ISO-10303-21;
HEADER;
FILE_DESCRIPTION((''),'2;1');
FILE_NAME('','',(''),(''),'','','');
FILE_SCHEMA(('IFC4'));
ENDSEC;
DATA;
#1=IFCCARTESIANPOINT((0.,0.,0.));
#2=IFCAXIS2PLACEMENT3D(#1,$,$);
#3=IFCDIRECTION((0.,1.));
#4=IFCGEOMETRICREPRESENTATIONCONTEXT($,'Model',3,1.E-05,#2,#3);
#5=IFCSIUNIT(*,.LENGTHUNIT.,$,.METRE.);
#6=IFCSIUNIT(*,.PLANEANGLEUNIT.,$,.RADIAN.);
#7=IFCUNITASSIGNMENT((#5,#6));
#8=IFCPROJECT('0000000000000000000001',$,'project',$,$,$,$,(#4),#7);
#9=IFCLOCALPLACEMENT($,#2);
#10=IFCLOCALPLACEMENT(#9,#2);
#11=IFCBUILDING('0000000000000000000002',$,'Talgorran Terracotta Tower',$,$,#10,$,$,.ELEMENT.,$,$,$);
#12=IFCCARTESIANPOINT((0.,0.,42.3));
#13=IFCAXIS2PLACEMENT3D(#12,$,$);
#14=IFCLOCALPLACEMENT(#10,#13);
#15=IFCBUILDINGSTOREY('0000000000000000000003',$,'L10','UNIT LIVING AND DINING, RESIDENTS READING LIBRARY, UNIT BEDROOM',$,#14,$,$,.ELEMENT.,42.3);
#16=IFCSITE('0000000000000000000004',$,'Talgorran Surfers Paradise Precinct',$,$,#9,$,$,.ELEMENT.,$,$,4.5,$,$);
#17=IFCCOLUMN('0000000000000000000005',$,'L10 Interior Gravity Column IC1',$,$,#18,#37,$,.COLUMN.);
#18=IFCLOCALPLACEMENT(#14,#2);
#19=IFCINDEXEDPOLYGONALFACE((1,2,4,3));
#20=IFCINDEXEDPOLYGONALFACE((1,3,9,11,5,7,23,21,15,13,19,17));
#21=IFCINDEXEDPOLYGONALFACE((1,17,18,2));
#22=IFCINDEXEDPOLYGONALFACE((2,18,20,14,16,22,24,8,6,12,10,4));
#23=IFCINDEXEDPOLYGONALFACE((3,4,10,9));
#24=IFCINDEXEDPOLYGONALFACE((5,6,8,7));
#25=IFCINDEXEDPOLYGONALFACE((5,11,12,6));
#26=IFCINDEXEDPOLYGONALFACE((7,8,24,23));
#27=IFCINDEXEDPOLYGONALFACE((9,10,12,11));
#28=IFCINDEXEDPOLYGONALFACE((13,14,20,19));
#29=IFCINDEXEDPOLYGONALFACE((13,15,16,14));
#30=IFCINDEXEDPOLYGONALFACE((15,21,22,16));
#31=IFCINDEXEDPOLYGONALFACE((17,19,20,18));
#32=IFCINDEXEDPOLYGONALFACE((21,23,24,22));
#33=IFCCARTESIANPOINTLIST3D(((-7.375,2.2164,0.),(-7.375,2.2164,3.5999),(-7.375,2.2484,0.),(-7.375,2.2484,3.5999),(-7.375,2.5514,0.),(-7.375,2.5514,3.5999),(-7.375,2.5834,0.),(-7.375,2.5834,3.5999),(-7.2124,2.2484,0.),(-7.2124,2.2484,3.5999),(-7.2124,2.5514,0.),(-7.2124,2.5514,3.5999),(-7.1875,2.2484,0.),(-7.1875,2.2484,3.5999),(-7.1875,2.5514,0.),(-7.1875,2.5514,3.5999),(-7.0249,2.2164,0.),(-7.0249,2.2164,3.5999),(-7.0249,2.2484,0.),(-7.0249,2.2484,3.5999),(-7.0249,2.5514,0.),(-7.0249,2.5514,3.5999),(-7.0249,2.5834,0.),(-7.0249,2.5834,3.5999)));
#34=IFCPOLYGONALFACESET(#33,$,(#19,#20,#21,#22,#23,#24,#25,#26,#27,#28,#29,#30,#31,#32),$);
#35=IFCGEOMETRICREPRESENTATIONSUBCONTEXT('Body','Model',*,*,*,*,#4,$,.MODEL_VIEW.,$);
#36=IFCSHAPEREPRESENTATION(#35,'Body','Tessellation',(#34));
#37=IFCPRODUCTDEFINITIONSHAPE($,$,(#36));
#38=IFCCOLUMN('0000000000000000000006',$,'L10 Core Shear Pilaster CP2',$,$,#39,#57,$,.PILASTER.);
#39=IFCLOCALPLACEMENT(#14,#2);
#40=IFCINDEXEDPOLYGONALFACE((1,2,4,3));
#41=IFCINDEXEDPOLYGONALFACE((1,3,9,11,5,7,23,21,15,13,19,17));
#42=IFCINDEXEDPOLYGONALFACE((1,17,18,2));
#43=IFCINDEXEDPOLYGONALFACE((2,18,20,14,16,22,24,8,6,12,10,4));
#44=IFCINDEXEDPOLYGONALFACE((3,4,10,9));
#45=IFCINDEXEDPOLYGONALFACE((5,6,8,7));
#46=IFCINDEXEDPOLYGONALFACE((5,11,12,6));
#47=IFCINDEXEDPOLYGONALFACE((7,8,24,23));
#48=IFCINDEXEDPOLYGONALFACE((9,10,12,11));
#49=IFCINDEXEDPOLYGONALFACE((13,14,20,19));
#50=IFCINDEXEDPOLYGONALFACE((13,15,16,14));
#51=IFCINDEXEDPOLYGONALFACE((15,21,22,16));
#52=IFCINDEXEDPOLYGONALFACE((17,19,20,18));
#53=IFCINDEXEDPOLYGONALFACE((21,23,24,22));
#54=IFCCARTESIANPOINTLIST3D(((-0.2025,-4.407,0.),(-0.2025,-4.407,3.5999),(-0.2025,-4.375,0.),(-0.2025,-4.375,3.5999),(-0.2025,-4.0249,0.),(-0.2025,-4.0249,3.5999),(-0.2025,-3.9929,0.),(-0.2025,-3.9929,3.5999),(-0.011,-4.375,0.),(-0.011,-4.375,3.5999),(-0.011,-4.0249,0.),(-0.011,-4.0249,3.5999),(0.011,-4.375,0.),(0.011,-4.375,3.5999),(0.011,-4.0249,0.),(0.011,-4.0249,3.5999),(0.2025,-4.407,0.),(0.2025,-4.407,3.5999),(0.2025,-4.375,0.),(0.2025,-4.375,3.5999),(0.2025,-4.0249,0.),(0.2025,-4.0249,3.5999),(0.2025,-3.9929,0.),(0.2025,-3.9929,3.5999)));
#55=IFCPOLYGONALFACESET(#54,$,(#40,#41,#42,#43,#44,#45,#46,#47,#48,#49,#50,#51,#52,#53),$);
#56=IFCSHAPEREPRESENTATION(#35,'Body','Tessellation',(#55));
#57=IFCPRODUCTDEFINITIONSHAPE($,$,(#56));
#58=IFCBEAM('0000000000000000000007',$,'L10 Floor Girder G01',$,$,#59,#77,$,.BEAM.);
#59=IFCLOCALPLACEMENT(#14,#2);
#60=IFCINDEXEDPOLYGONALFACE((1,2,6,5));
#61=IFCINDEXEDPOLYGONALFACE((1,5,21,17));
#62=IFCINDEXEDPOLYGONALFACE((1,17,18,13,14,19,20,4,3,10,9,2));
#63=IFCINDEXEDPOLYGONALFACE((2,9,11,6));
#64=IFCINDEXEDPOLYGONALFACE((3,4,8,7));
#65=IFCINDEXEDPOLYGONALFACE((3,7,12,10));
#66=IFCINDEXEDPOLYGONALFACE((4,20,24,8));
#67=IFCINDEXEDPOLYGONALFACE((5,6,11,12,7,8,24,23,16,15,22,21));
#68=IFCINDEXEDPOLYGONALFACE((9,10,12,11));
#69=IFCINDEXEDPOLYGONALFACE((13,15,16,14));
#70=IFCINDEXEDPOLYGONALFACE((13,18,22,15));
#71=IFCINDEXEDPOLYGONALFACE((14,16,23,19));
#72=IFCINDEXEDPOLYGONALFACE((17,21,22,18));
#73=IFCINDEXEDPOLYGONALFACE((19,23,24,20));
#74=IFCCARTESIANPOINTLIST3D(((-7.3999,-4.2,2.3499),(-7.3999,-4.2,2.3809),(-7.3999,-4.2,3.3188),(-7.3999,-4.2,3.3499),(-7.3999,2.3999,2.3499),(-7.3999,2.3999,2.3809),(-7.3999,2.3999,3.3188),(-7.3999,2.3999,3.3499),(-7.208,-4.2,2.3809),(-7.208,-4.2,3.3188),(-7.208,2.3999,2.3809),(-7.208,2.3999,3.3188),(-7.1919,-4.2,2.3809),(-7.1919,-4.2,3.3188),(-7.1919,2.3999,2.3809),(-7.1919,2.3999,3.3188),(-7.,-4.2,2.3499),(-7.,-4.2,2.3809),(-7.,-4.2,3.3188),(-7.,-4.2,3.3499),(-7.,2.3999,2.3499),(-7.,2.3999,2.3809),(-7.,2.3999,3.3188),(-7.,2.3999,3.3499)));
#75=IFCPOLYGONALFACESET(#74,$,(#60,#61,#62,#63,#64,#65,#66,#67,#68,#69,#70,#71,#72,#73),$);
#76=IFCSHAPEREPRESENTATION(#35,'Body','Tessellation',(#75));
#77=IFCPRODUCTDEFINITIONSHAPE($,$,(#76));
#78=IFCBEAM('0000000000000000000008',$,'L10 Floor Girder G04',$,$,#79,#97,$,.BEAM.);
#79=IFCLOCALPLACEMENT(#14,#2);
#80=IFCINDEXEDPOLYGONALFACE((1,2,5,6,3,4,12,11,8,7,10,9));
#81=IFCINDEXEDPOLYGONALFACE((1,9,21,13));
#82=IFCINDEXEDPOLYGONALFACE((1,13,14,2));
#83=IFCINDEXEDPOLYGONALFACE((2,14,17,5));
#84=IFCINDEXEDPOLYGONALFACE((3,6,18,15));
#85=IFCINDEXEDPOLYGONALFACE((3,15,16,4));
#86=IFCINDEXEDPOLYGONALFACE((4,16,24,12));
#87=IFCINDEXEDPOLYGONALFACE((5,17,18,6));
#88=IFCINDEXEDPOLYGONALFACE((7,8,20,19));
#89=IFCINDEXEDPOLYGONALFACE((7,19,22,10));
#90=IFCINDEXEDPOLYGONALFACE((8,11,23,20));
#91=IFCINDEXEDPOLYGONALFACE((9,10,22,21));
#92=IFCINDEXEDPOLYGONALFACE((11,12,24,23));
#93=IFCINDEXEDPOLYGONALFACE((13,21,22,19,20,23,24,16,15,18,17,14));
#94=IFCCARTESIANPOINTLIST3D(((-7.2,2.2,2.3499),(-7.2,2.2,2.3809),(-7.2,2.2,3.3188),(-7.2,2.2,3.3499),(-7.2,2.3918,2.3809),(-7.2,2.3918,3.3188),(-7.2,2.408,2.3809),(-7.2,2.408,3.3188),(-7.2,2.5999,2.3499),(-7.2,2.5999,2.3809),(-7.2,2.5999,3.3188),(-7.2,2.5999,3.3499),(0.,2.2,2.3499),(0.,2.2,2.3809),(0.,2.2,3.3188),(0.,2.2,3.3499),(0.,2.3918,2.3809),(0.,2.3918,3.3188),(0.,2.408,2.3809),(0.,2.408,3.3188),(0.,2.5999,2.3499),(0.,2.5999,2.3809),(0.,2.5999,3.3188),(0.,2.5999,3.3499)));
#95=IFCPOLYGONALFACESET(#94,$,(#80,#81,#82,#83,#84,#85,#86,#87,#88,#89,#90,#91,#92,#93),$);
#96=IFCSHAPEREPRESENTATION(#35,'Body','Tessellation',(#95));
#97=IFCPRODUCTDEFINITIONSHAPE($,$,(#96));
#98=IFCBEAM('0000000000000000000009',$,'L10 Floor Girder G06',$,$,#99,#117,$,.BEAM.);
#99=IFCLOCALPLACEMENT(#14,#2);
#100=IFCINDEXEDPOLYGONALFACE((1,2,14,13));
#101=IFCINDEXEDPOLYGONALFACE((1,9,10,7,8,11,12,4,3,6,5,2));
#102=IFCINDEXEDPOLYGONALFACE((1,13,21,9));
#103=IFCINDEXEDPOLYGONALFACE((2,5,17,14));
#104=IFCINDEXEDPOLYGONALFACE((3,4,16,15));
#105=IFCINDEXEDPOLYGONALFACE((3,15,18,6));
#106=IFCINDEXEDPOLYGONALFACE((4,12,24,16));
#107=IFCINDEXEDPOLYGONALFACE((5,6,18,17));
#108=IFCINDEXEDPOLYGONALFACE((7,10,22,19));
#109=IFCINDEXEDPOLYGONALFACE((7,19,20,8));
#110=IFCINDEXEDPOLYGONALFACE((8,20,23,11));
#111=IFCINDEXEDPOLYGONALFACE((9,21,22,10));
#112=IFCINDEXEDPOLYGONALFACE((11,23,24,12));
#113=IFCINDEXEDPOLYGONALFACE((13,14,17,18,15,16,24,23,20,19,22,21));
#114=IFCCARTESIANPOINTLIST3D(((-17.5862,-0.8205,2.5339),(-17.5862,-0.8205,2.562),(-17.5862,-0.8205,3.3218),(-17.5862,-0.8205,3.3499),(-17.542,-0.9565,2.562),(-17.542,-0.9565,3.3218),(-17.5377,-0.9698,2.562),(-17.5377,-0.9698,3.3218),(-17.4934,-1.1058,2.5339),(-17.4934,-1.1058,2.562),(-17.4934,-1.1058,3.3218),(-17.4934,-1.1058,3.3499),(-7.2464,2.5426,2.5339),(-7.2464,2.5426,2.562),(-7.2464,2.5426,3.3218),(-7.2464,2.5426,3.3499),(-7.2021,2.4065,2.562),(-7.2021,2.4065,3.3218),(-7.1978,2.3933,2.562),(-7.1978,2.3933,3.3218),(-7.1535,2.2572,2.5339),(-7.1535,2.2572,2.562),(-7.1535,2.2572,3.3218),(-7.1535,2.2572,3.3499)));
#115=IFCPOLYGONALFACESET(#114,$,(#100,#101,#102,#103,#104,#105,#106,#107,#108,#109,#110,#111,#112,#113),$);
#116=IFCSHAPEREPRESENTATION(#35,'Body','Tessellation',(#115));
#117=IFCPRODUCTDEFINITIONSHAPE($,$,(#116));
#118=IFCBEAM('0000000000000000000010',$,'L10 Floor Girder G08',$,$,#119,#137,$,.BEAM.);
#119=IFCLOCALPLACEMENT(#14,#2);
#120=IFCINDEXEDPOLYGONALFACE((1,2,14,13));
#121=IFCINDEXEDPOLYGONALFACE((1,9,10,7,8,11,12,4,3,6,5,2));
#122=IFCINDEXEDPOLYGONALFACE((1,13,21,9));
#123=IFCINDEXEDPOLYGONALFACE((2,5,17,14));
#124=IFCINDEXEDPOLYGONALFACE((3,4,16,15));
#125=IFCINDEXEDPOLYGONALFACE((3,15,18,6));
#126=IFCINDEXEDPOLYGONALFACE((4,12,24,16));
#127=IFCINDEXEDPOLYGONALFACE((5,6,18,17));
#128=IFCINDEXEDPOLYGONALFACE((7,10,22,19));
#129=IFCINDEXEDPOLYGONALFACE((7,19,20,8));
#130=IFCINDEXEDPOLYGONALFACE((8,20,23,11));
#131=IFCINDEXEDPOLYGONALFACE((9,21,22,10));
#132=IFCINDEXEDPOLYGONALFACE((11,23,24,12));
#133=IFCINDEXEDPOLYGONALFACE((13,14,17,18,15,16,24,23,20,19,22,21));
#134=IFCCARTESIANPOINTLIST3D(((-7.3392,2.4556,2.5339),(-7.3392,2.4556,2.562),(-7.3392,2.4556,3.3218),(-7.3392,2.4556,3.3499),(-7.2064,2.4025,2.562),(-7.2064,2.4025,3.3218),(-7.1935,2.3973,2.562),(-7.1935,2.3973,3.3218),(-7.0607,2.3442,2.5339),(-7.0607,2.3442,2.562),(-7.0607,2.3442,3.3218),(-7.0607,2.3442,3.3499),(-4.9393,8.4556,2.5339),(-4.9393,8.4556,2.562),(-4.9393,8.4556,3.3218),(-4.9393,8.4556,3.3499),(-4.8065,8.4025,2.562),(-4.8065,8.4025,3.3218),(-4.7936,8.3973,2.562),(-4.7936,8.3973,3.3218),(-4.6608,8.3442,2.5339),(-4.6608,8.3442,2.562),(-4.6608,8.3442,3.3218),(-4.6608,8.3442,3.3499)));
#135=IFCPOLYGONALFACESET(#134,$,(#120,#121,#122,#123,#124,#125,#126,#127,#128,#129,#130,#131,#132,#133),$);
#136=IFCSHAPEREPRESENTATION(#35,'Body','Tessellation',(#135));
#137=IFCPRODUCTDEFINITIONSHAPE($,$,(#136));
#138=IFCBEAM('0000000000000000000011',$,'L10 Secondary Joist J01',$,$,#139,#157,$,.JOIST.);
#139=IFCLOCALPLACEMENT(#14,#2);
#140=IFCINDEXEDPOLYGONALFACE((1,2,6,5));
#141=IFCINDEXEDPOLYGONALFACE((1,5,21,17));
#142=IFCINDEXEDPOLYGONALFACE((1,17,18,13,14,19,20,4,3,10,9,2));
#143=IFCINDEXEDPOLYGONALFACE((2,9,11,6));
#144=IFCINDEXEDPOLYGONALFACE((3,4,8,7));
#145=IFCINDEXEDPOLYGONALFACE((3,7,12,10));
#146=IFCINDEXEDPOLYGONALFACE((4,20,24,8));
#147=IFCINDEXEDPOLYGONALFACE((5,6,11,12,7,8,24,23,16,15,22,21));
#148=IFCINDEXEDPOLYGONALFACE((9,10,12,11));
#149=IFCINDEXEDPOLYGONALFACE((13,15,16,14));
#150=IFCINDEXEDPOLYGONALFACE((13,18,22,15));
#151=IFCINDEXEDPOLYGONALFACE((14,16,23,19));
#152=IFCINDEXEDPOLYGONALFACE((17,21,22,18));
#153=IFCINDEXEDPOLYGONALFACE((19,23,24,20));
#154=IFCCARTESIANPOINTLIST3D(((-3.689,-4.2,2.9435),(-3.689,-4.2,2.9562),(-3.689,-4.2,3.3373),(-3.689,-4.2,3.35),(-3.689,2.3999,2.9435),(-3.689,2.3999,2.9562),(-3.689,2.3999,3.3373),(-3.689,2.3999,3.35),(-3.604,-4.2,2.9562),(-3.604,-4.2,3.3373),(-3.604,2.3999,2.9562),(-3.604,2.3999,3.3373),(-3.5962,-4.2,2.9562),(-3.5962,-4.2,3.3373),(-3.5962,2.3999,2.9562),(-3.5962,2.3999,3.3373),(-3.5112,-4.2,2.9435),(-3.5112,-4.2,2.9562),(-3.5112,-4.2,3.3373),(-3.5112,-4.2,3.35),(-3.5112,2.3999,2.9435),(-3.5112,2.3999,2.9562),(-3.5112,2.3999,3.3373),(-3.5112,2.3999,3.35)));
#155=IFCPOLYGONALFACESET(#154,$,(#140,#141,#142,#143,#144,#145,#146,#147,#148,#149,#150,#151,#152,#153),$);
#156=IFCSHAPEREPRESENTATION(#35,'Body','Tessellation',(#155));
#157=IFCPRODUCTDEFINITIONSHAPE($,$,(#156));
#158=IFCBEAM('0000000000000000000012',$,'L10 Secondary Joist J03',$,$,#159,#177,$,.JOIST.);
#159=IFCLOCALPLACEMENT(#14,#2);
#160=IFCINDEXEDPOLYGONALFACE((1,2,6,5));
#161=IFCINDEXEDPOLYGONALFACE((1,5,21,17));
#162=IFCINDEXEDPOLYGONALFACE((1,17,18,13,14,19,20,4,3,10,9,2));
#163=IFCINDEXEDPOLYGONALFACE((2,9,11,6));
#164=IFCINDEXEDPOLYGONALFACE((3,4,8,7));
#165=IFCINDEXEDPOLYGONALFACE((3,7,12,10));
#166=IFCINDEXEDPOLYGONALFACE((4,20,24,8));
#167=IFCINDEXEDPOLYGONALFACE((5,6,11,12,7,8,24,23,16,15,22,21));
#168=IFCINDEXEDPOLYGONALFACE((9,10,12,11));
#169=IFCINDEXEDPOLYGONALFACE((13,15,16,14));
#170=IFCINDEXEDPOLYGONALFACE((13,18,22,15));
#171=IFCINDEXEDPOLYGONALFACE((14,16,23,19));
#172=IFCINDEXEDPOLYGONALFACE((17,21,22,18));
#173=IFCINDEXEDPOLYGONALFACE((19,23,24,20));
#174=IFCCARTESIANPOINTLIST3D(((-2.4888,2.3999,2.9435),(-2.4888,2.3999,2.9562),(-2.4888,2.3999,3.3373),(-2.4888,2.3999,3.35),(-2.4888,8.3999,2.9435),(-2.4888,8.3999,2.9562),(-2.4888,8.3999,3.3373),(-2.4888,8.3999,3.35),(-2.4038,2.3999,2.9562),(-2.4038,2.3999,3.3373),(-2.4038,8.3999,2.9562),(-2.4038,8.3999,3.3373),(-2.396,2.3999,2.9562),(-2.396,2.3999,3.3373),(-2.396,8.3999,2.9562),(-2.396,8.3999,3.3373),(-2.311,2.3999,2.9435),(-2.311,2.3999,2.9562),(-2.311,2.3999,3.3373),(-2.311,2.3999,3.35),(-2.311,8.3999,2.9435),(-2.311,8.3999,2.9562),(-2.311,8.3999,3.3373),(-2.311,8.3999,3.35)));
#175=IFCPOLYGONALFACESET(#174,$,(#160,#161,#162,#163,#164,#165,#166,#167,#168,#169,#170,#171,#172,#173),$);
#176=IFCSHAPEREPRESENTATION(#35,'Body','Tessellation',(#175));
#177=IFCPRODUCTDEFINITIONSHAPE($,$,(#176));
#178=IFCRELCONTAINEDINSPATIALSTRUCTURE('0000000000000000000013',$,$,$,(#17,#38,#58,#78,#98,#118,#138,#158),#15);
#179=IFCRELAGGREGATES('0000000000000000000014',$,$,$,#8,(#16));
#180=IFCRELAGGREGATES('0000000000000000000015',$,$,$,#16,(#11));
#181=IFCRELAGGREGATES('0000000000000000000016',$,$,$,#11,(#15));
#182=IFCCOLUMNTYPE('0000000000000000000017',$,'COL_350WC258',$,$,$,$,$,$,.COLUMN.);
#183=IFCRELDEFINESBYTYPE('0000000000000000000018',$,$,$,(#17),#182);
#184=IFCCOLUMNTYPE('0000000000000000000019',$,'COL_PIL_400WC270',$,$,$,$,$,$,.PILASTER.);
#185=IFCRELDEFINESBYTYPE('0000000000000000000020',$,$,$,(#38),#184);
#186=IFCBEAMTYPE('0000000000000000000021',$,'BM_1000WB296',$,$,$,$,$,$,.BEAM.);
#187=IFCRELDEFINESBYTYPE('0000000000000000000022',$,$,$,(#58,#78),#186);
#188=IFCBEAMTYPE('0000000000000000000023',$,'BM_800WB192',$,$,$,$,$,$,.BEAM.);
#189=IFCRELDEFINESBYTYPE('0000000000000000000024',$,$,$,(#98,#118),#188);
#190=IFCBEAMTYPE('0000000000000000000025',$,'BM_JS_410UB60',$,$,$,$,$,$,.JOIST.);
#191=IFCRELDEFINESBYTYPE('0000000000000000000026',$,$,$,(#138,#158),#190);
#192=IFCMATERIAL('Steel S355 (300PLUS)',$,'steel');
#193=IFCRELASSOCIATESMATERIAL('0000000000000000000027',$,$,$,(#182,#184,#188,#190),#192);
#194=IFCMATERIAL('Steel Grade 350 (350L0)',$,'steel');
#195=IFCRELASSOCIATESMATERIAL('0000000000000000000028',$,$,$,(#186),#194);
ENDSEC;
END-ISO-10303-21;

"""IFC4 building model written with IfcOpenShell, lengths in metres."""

from ifc_helpers import new_model, si_unit, direction, frame, origin, origin_2d, place, context, subcontext, project, spatial, i_section, extrude, material, material_profile, profile_set, type_object, element, save


model = new_model("IFC4")

# Units and contexts
model_context = context("Model", 3, precision=1e-05, world=origin(), true_north=direction((0.0, 1.0)))
body_context = subcontext(model_context, "Body", "Model", "MODEL_VIEW")
ifc_project = project(units=[si_unit("LENGTHUNIT", "METRE"), si_unit("PLANEANGLEUNIT", "RADIAN")], contexts=[model_context])

# Site, building, storey
site_placement = place(None, origin())
site = spatial("IfcSite", under=ifc_project, at=site_placement, Name="Talgorran Surfers Paradise Precinct", CompositionType="ELEMENT", RefElevation=4.5)
building_placement = place(site_placement, origin())
building = spatial("IfcBuilding", under=site, at=building_placement, Name="Talgorran Terracotta Tower", CompositionType="ELEMENT")
storey_placement = place(building_placement, frame((0.0, 0.0, 42.3)))
storey = spatial("IfcBuildingStorey", under=building, at=storey_placement, Name="L10", Description="UNIT LIVING AND DINING, RESIDENTS READING LIBRARY, UNIT BEDROOM", CompositionType="ELEMENT", Elevation=42.3)

# Columns
ifc_material_1 = material(Name="Steel S355 (300PLUS)", Category="steel")
ifc_material_profile_1 = material_profile(ifc_material_1, i_section(OverallWidth=0.3501, OverallDepth=0.3669, WebThickness=0.0249, FlangeThickness=0.032, at=origin_2d()), Name="350WC258")
ifc_profile_set_1 = profile_set([ifc_material_profile_1], Name="Steel S355 (300PLUS)")
column_type_1 = type_object("IfcColumnType", Name="COL_350WC258", PredefinedType="COLUMN", material=ifc_profile_set_1)
column_1_placement = place(storey_placement, frame((-7.2, 2.3999, 0.0), z_axis=(0.0, 0.0, 1.0), x_axis=(1.0, 0.0, 0.0)))
element("IfcColumn", 1, at=column_1_placement, inside=storey, type_object=column_type_1, Name="L10 Interior Gravity Column IC1", PredefinedType="COLUMN", context=body_context, shape_type="SweptSolid", body=[
    extrude(i_section(OverallWidth=0.3501, OverallDepth=0.3669, WebThickness=0.0249, FlangeThickness=0.032, at=origin_2d()), origin(), (0.0, 0.0, 1.0), 3.5999),
])
ifc_material_profile_2 = material_profile(ifc_material_1, i_section(OverallWidth=0.405, OverallDepth=0.4141, WebThickness=0.022, FlangeThickness=0.032, at=origin_2d()), Name="400WC270")
ifc_profile_set_2 = profile_set([ifc_material_profile_2], Name="Steel S355 (300PLUS)")
column_type_2 = type_object("IfcColumnType", Name="COL_PIL_400WC270", PredefinedType="PILASTER", material=ifc_profile_set_2)
column_2_placement = place(storey_placement, frame((0.0, -4.2, 0.0), z_axis=(0.0, 0.0, 1.0), x_axis=(1.0, 0.0, 0.0)))
element("IfcColumn", 2, at=column_2_placement, inside=storey, type_object=column_type_2, Name="L10 Core Shear Pilaster CP2", PredefinedType="PILASTER", context=body_context, shape_type="SweptSolid", body=[
    extrude(i_section(OverallWidth=0.405, OverallDepth=0.4141, WebThickness=0.022, FlangeThickness=0.032, at=origin_2d()), origin(), (0.0, 0.0, 1.0), 3.5999),
])

# Beams
ifc_material_2 = material(Name="Steel Grade 350 (350L0)", Category="steel")
ifc_material_profile_3 = material_profile(ifc_material_2, i_section(OverallWidth=0.3999, OverallDepth=1.0, WebThickness=0.0161, FlangeThickness=0.031, at=origin_2d()), Name="1000WB296")
ifc_profile_set_3 = profile_set([ifc_material_profile_3], Name="Steel Grade 350 (350L0)")
beam_type_1 = type_object("IfcBeamType", Name="BM_1000WB296", PredefinedType="BEAM", material=ifc_profile_set_3)
beam_1_placement = place(storey_placement, frame((-7.2, -4.2, 2.8499), z_axis=(0.0, 1.0, 0.0), x_axis=(-1.0, 0.0, 0.0)))
element("IfcBeam", 3, at=beam_1_placement, inside=storey, type_object=beam_type_1, Name="L10 Floor Girder G01", PredefinedType="BEAM", context=body_context, shape_type="SweptSolid", body=[
    extrude(i_section(OverallWidth=0.3999, OverallDepth=1.0, WebThickness=0.0161, FlangeThickness=0.031, at=origin_2d()), origin(), (0.0, 0.0, 1.0), 6.5999),
])
beam_2_placement = place(storey_placement, frame((-7.2, 2.3999, 2.8499), z_axis=(1.0, 0.0, 0.0), x_axis=(0.0, 1.0, 0.0)))
element("IfcBeam", 4, at=beam_2_placement, inside=storey, type_object=beam_type_1, Name="L10 Floor Girder G04", PredefinedType="BEAM", context=body_context, shape_type="SweptSolid", body=[
    extrude(i_section(OverallWidth=0.3999, OverallDepth=1.0, WebThickness=0.0161, FlangeThickness=0.031, at=origin_2d()), origin(), (0.0, 0.0, 1.0), 7.2),
])
ifc_material_profile_4 = material_profile(ifc_material_1, i_section(OverallWidth=0.3, OverallDepth=0.8159, WebThickness=0.0139, FlangeThickness=0.0281, at=origin_2d()), Name="800WB192")
ifc_profile_set_4 = profile_set([ifc_material_profile_4], Name="Steel S355 (300PLUS)")
beam_type_2 = type_object("IfcBeamType", Name="BM_800WB192", PredefinedType="BEAM", material=ifc_profile_set_4)
beam_3_placement = place(storey_placement, frame((-7.2, 2.3999, 2.9419), z_axis=(-0.950964, -0.309301, 0.0), x_axis=(0.309301, -0.950964, 0.0)))
element("IfcBeam", 5, at=beam_3_placement, inside=storey, type_object=beam_type_2, Name="L10 Floor Girder G06", PredefinedType="BEAM", context=body_context, shape_type="SweptSolid", body=[
    extrude(i_section(OverallWidth=0.3, OverallDepth=0.8159, WebThickness=0.0139, FlangeThickness=0.0281, at=origin_2d()), origin(), (0.0, 0.0, 1.0), 10.873),
])
beam_4_placement = place(storey_placement, frame((-7.2, 2.3999, 2.9419), z_axis=(0.371378, 0.928482, 0.0), x_axis=(-0.928482, 0.371378, 0.0)))
element("IfcBeam", 6, at=beam_4_placement, inside=storey, type_object=beam_type_2, Name="L10 Floor Girder G08", PredefinedType="BEAM", context=body_context, shape_type="SweptSolid", body=[
    extrude(i_section(OverallWidth=0.3, OverallDepth=0.8159, WebThickness=0.0139, FlangeThickness=0.0281, at=origin_2d()), origin(), (0.0, 0.0, 1.0), 6.4622),
])
ifc_material_profile_5 = material_profile(ifc_material_1, i_section(OverallWidth=0.1777, OverallDepth=0.4065, WebThickness=0.0078, FlangeThickness=0.0127, at=origin_2d()), Name="410UB59.7")
ifc_profile_set_5 = profile_set([ifc_material_profile_5], Name="Steel S355 (300PLUS)")
beam_type_3 = type_object("IfcBeamType", Name="BM_JS_410UB60", PredefinedType="JOIST", material=ifc_profile_set_5)
beam_5_placement = place(storey_placement, frame((-3.6001, -4.2, 3.1467), z_axis=(0.0, 1.0, 0.0), x_axis=(-1.0, 0.0, 0.0)))
element("IfcBeam", 7, at=beam_5_placement, inside=storey, type_object=beam_type_3, Name="L10 Secondary Joist J01", PredefinedType="JOIST", context=body_context, shape_type="SweptSolid", body=[
    extrude(i_section(OverallWidth=0.1777, OverallDepth=0.4065, WebThickness=0.0078, FlangeThickness=0.0127, at=origin_2d()), origin(), (0.0, 0.0, 1.0), 6.5999),
])
beam_6_placement = place(storey_placement, frame((-2.3999, 2.3999, 3.1467), z_axis=(0.0, 1.0, 0.0), x_axis=(-1.0, 0.0, 0.0)))
element("IfcBeam", 8, at=beam_6_placement, inside=storey, type_object=beam_type_3, Name="L10 Secondary Joist J03", PredefinedType="JOIST", context=body_context, shape_type="SweptSolid", body=[
    extrude(i_section(OverallWidth=0.1777, OverallDepth=0.4065, WebThickness=0.0078, FlangeThickness=0.0127, at=origin_2d()), origin(), (0.0, 0.0, 1.0), 6.0),
])

save(model, "model.ifc")
